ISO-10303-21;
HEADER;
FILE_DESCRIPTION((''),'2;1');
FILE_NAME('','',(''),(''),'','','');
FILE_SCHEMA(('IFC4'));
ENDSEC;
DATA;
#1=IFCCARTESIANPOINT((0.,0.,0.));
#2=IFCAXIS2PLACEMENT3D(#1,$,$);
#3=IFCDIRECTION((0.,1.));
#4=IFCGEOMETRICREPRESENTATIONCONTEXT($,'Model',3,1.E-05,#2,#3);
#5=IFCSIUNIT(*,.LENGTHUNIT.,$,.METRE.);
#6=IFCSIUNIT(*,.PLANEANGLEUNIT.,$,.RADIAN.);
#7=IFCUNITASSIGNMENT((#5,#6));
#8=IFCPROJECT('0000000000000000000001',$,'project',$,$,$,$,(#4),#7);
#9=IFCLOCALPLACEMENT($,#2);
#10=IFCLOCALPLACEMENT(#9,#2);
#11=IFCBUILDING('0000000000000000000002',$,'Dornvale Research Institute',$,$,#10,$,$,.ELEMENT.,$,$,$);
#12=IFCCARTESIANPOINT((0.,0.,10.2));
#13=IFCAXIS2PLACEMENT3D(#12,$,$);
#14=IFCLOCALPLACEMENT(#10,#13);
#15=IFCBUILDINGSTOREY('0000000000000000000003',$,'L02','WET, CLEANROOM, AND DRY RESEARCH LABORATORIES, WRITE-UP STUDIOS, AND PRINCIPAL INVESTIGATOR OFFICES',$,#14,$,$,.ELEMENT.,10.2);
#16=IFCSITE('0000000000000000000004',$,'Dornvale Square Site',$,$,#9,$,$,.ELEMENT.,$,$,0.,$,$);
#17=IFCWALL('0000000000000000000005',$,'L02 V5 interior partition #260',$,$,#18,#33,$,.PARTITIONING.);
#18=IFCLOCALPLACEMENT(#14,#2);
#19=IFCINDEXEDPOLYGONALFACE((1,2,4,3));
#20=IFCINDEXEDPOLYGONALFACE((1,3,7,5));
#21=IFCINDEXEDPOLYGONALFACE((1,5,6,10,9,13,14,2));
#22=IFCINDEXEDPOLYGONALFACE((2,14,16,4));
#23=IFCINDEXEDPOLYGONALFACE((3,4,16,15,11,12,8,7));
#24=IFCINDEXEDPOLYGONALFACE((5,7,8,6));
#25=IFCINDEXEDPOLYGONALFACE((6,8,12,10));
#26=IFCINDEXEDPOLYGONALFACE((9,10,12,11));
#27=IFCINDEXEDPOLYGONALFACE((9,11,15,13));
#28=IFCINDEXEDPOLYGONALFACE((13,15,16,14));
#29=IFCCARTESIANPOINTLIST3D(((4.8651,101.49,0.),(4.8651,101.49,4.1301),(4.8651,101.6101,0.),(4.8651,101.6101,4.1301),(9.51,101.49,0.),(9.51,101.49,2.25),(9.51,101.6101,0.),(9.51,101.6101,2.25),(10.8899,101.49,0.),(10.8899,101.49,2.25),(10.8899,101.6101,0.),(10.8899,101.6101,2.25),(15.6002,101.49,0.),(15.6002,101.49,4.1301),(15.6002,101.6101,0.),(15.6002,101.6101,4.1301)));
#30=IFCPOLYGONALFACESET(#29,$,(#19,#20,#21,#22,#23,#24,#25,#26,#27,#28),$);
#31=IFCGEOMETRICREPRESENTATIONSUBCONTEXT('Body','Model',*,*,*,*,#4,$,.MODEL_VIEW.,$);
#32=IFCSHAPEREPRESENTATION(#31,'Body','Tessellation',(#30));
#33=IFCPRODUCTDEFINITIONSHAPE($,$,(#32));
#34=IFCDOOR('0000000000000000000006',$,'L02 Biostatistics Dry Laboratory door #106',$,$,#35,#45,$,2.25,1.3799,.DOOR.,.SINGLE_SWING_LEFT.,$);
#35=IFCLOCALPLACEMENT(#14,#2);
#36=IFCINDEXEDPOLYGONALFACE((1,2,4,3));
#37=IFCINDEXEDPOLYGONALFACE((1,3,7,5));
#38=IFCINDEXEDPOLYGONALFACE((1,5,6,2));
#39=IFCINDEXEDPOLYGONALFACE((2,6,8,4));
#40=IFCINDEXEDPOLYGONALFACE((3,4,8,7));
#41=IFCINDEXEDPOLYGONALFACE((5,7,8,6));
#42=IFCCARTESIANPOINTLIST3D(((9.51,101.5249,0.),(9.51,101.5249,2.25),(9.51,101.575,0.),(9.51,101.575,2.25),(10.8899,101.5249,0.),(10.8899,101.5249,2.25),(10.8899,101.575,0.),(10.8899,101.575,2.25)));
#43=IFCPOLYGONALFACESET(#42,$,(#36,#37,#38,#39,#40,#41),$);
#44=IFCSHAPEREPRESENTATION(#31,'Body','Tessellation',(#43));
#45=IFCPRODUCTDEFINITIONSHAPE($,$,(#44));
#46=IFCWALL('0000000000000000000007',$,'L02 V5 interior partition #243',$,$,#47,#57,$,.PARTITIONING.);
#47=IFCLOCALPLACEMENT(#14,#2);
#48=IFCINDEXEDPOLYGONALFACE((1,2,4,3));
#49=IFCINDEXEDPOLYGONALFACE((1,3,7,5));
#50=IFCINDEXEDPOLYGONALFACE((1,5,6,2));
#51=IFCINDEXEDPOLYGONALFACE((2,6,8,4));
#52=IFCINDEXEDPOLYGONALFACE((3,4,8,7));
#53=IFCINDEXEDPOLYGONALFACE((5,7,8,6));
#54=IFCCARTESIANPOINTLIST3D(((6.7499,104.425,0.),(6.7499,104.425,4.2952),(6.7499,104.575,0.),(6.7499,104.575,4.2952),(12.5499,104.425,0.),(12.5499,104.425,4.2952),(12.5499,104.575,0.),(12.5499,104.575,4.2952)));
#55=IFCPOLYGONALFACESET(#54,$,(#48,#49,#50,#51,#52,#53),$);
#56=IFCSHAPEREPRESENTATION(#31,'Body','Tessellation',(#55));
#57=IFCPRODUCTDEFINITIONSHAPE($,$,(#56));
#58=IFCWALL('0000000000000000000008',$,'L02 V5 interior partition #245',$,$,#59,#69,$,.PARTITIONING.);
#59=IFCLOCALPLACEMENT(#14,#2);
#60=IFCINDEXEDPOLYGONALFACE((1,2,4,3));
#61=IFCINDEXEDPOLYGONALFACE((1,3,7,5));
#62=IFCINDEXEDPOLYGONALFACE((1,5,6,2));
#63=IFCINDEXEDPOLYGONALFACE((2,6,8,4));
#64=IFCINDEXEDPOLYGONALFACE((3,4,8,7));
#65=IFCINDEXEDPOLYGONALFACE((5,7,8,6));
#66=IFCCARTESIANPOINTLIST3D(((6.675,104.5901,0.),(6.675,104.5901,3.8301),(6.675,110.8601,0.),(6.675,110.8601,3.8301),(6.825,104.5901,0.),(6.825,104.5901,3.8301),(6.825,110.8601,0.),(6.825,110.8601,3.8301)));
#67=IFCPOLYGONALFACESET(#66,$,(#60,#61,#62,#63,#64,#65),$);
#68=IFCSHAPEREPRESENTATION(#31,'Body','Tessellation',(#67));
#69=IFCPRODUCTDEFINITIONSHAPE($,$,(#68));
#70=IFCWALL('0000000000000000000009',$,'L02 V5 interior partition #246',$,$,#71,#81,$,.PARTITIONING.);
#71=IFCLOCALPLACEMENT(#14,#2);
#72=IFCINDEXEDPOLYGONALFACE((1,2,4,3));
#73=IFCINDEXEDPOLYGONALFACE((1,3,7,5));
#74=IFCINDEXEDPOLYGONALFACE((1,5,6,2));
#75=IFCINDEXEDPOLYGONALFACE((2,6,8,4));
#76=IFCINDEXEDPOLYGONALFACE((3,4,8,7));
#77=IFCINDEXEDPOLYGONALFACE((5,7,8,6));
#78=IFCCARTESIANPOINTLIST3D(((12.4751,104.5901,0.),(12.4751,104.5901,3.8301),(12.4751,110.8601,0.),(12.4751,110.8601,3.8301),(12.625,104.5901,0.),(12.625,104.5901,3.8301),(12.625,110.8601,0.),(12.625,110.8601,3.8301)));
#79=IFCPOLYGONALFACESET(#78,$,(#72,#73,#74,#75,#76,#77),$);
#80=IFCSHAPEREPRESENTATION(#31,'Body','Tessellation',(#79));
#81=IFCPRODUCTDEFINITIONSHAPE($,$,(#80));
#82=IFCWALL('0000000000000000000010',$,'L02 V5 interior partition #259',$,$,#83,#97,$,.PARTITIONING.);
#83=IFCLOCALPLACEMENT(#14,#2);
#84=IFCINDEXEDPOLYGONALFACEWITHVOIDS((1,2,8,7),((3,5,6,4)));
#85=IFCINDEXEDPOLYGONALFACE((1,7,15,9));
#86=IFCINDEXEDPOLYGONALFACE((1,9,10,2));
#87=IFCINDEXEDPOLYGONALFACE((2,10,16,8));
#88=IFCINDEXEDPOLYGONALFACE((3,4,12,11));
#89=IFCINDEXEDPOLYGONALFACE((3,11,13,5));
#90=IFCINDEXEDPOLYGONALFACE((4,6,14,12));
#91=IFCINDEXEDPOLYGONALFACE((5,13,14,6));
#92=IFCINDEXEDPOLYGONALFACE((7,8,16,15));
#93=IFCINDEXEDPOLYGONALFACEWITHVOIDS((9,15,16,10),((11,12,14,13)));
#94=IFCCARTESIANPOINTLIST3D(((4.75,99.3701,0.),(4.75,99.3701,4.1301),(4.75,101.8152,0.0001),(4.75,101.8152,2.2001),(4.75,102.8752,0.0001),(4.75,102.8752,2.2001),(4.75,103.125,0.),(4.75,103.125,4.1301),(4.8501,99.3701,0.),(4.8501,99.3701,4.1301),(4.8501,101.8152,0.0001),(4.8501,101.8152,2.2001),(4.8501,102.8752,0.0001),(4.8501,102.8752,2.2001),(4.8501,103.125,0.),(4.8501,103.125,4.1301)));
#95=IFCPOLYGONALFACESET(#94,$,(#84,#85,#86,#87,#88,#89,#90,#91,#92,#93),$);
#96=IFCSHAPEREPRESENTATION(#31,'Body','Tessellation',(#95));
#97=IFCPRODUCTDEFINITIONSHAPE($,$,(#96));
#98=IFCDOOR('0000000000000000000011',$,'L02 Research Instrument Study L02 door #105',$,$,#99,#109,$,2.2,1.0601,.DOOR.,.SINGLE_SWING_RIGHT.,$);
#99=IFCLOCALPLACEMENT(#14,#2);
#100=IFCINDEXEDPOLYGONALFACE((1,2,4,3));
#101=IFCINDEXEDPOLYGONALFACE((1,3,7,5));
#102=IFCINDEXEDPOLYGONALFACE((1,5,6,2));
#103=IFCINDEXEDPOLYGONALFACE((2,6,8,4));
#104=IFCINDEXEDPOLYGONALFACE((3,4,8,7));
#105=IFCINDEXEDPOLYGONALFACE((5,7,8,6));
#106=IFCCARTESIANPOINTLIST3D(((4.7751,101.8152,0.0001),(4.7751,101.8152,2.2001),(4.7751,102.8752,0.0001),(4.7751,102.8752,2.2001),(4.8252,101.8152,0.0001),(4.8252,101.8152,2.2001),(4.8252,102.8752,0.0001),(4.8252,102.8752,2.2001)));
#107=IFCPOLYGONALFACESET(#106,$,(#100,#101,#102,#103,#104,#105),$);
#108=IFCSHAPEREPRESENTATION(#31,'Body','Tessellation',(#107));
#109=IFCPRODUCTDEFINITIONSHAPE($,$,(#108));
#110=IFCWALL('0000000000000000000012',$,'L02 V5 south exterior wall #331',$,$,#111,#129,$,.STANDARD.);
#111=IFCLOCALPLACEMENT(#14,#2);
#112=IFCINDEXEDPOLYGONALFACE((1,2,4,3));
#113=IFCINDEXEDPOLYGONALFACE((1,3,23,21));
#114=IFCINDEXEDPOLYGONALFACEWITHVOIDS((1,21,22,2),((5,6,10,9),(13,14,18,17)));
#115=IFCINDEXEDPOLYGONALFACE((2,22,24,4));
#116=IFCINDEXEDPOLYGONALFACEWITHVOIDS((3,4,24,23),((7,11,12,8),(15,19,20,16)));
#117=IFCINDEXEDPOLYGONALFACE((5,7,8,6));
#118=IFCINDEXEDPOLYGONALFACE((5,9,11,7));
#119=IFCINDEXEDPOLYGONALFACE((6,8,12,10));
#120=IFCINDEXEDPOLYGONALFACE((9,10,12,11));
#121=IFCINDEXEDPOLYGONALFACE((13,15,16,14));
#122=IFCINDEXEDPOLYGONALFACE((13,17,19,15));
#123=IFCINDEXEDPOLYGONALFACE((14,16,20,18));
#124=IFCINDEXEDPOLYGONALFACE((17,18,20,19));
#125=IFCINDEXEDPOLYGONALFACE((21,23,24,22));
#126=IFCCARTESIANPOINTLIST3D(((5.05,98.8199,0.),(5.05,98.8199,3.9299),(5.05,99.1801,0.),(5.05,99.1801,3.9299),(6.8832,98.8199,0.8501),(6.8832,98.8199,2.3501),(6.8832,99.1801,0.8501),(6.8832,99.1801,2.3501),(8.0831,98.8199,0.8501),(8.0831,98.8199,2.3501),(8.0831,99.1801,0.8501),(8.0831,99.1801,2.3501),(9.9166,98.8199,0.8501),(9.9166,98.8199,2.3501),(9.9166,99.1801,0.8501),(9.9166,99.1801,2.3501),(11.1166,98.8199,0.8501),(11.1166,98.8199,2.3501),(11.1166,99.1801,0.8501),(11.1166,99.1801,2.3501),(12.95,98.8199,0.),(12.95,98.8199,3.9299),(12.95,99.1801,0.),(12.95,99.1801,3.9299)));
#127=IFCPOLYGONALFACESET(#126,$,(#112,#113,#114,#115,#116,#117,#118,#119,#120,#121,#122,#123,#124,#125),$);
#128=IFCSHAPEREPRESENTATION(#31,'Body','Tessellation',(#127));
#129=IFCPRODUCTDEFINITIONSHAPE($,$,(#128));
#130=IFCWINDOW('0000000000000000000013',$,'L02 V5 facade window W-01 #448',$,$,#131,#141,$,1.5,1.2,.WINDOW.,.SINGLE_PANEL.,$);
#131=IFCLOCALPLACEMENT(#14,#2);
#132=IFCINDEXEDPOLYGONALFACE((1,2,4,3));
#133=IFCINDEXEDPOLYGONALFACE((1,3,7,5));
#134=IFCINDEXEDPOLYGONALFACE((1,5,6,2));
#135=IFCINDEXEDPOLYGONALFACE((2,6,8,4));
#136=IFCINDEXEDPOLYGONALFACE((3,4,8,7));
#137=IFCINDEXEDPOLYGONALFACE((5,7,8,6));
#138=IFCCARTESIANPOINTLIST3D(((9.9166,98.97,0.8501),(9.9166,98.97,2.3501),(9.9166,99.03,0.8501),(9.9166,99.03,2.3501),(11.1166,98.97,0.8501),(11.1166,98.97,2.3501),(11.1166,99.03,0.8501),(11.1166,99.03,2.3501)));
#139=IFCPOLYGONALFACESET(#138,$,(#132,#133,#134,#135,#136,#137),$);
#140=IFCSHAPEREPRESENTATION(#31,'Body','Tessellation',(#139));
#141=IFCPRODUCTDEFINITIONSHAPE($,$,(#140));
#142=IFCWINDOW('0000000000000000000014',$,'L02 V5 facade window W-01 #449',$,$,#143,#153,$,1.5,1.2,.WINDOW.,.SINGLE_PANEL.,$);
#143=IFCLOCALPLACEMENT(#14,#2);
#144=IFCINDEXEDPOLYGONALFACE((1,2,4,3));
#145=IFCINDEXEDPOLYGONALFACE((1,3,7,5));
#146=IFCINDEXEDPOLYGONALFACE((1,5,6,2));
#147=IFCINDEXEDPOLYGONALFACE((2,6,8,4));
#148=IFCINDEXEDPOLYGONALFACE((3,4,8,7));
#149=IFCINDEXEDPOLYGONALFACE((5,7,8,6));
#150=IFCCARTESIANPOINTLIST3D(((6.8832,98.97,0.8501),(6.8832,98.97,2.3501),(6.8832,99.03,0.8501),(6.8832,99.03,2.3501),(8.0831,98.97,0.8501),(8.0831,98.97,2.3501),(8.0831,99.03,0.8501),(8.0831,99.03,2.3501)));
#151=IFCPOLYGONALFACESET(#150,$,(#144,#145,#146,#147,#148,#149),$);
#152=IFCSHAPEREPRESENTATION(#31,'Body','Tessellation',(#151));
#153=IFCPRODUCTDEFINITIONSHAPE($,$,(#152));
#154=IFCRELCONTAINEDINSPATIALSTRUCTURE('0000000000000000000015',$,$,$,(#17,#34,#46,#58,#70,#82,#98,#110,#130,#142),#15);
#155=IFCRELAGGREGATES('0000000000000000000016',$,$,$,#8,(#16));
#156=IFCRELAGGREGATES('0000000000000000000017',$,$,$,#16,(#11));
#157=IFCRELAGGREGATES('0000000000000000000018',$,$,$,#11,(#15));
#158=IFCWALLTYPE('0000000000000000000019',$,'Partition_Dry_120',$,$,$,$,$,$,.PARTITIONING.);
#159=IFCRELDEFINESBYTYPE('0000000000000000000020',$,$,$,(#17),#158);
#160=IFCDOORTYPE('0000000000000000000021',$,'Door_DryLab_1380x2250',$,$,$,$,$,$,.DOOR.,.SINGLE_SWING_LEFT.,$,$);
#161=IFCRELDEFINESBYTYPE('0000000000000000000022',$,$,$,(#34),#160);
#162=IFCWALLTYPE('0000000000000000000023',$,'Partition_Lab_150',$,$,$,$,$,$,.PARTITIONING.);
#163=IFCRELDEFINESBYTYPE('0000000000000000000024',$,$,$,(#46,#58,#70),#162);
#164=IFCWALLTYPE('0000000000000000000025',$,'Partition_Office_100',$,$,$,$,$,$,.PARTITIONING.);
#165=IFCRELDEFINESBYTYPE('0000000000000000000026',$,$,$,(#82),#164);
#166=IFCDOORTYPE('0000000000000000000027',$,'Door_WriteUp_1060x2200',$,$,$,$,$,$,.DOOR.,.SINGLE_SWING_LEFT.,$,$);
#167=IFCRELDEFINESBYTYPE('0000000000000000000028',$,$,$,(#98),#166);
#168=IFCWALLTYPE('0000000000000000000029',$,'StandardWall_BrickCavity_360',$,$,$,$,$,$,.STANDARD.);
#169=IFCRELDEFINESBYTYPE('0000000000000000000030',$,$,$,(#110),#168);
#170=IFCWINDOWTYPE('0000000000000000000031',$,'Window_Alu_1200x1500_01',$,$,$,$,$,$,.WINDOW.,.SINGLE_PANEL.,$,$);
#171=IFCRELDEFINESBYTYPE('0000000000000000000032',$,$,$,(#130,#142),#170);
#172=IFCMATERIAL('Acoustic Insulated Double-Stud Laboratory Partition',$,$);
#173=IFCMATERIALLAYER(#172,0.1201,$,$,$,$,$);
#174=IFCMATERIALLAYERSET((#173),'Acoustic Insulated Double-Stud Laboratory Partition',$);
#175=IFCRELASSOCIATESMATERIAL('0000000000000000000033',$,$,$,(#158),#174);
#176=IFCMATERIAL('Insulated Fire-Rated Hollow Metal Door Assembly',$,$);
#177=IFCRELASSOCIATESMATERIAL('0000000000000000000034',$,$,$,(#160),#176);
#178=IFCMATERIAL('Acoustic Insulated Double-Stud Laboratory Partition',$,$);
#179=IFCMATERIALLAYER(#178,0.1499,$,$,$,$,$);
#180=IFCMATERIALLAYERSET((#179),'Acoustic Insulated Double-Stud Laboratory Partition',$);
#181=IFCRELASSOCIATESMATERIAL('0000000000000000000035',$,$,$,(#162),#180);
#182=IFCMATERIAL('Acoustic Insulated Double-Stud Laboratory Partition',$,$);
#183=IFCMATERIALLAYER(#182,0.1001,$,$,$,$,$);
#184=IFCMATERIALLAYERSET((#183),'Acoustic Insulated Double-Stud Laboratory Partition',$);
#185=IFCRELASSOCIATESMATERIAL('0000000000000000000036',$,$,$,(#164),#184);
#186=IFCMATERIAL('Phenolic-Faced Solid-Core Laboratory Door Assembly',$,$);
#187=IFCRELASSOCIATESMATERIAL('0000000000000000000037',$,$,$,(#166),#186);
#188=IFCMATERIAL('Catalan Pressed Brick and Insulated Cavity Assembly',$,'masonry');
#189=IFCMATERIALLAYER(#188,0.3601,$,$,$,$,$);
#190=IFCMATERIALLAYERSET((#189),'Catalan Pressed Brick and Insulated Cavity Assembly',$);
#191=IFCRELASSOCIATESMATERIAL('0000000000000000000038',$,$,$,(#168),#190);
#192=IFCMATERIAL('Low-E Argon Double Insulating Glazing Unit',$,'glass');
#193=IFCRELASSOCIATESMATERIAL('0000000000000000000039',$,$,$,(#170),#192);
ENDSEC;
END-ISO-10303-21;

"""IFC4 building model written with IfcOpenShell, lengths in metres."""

from ifc_helpers import new_model, si_unit, direction, frame, frame_2d, origin, place, context, subcontext, project, spatial, rectangle, extrude, material, layer, layer_set, type_object, element, fill, save


model = new_model("IFC4")

# Units and contexts
model_context = context("Model", 3, precision=1e-05, world=origin(), true_north=direction((0.0, 1.0)))
body_context = subcontext(model_context, "Body", "Model", "MODEL_VIEW")
ifc_project = project(units=[si_unit("LENGTHUNIT", "METRE"), si_unit("PLANEANGLEUNIT", "RADIAN")], contexts=[model_context])

# Site, building, storey
site_placement = place(None, origin())
site = spatial("IfcSite", under=ifc_project, at=site_placement, Name="Dornvale Square Site", CompositionType="ELEMENT", RefElevation=0.0)
building_placement = place(site_placement, origin())
building = spatial("IfcBuilding", under=site, at=building_placement, Name="Dornvale Research Institute", CompositionType="ELEMENT")
storey_placement = place(building_placement, frame((0.0, 0.0, 10.2)))
storey = spatial("IfcBuildingStorey", under=building, at=storey_placement, Name="L02", Description="WET, CLEANROOM, AND DRY RESEARCH LABORATORIES, WRITE-UP STUDIOS, AND PRINCIPAL INVESTIGATOR OFFICES", CompositionType="ELEMENT", Elevation=10.2)

# Wall, opening, door
ifc_material_1 = material(Name="Acoustic Insulated Double-Stud Laboratory Partition")
ifc_layer_1 = layer(ifc_material_1, 0.1201)
ifc_layer_set_1 = layer_set([ifc_layer_1], Name="Acoustic Insulated Double-Stud Laboratory Partition")
wall_type_1 = type_object("IfcWallType", Name="Partition_Dry_120", PredefinedType="PARTITIONING", material=ifc_layer_set_1)
wall_1_placement = place(storey_placement, frame((4.865, 101.55, 0.0), z_axis=(0.0, 0.0, 1.0), x_axis=(1.0, 0.0, 0.0)))
wall_1 = element("IfcWall", 1, at=wall_1_placement, inside=storey, type_object=wall_type_1, Name="L02 V5 interior partition #260", PredefinedType="PARTITIONING", context=body_context, shape_type="SweptSolid", body=[
    extrude(rectangle(XDim=10.7351, YDim=0.1201, at=frame_2d((5.3677, 0.0))), origin(), (0.0, 0.0, 1.0), 4.1301),
])
opening_1_placement = place(wall_1_placement, frame((4.645, 0.0, 0.0)))
opening_1 = element("IfcOpeningElement", 2, at=opening_1_placement, cuts=wall_1, PredefinedType="OPENING", context=body_context, shape_type="SweptSolid", body=[
    extrude(rectangle(XDim=1.3799, YDim=2.25, at=frame_2d((0.6899, 1.125))), frame((0.0, 0.075, 0.0), z_axis=(0.0, -1.0, 0.0), x_axis=(1.0, 0.0, 0.0)), (0.0, 0.0, 1.0), 0.1501),
])
ifc_material_2 = material(Name="Insulated Fire-Rated Hollow Metal Door Assembly")
door_type_1 = type_object("IfcDoorType", Name="Door_DryLab_1380x2250", OperationType="SINGLE_SWING_LEFT", PredefinedType="DOOR", material=ifc_material_2)
door_1_placement = place(opening_1_placement, origin())
door_1 = element("IfcDoor", 3, at=door_1_placement, inside=storey, type_object=door_type_1, Name="L02 Biostatistics Dry Laboratory door #106", OperationType="SINGLE_SWING_LEFT", OverallHeight=2.25, OverallWidth=1.3799, PredefinedType="DOOR", context=body_context, shape_type="SweptSolid", body=[
    extrude(rectangle(XDim=1.3799, YDim=2.25, at=frame_2d((0.6899, 1.125))), frame((0.0, 0.0249, 0.0), z_axis=(0.0, -1.0, 0.0), x_axis=(1.0, 0.0, 0.0)), (0.0, 0.0, 1.0), 0.05),
])
fill(opening_1, door_1)

# Walls
ifc_material_3 = material(Name="Acoustic Insulated Double-Stud Laboratory Partition")
ifc_layer_2 = layer(ifc_material_3, 0.1499)
ifc_layer_set_2 = layer_set([ifc_layer_2], Name="Acoustic Insulated Double-Stud Laboratory Partition")
wall_type_2 = type_object("IfcWallType", Name="Partition_Lab_150", PredefinedType="PARTITIONING", material=ifc_layer_set_2)
wall_2_placement = place(storey_placement, frame((6.75, 104.5, 0.0), z_axis=(0.0, 0.0, 1.0), x_axis=(1.0, 0.0, 0.0)))
element("IfcWall", 4, at=wall_2_placement, inside=storey, type_object=wall_type_2, Name="L02 V5 interior partition #243", PredefinedType="PARTITIONING", context=body_context, shape_type="SweptSolid", body=[
    extrude(rectangle(XDim=5.8, YDim=0.1499, at=frame_2d((2.8999, 0.0))), origin(), (0.0, 0.0, 1.0), 4.2952),
])
for number, where, z_axis, x_axis, name in (
    (5, (6.75, 104.5901, 0.0), (0.0, 0.0, 1.0), (0.0, 1.0, 0.0), "L02 V5 interior partition #245"),
    (6, (12.55, 104.5901, 0.0), (0.0, 0.0, 1.0), (0.0, 1.0, 0.0), "L02 V5 interior partition #246"),
):
    element("IfcWall", number, at=place(storey_placement, frame(where, z_axis=z_axis, x_axis=x_axis)), inside=storey, type_object=wall_type_2, Name=name, PredefinedType="PARTITIONING", context=body_context, shape_type="SweptSolid", body=[
        extrude(rectangle(XDim=6.27, YDim=0.1499, at=frame_2d((3.135, 0.0))), origin(), (0.0, 0.0, 1.0), 3.8301),
    ])

# Wall, opening, door
ifc_material_4 = material(Name="Acoustic Insulated Double-Stud Laboratory Partition")
ifc_layer_3 = layer(ifc_material_4, 0.1001)
ifc_layer_set_3 = layer_set([ifc_layer_3], Name="Acoustic Insulated Double-Stud Laboratory Partition")
wall_type_3 = type_object("IfcWallType", Name="Partition_Office_100", PredefinedType="PARTITIONING", material=ifc_layer_set_3)
wall_3_placement = place(storey_placement, frame((4.8, 99.3701, 0.0), z_axis=(0.0, 0.0, 1.0), x_axis=(0.0, 1.0, 0.0)))
wall_3 = element("IfcWall", 7, at=wall_3_placement, inside=storey, type_object=wall_type_3, Name="L02 V5 interior partition #259", PredefinedType="PARTITIONING", context=body_context, shape_type="SweptSolid", body=[
    extrude(rectangle(XDim=3.7549, YDim=0.1001, at=frame_2d((1.8774, 0.0))), origin(), (0.0, 0.0, 1.0), 4.1301),
])
opening_2_placement = place(wall_3_placement, frame((2.4451, 0.0, 0.0)))
opening_2 = element("IfcOpeningElement", 8, at=opening_2_placement, cuts=wall_3, PredefinedType="OPENING", context=body_context, shape_type="SweptSolid", body=[
    extrude(rectangle(XDim=1.0601, YDim=2.2, at=frame_2d((0.53, 1.1001))), frame((0.0, 0.0649, 0.0), z_axis=(0.0, -1.0, 0.0), x_axis=(1.0, 0.0, 0.0)), (0.0, 0.0, 1.0), 0.1301),
])
ifc_material_5 = material(Name="Phenolic-Faced Solid-Core Laboratory Door Assembly")
door_type_2 = type_object("IfcDoorType", Name="Door_WriteUp_1060x2200", OperationType="SINGLE_SWING_LEFT", PredefinedType="DOOR", material=ifc_material_5)
door_2_placement = place(opening_2_placement, origin())
door_2 = element("IfcDoor", 9, at=door_2_placement, inside=storey, type_object=door_type_2, Name="L02 Research Instrument Study L02 door #105", OperationType="SINGLE_SWING_RIGHT", OverallHeight=2.2, OverallWidth=1.0601, PredefinedType="DOOR", context=body_context, shape_type="SweptSolid", body=[
    extrude(rectangle(XDim=1.0601, YDim=2.2, at=frame_2d((0.53, 1.1001))), frame((0.0, 0.0249, 0.0), z_axis=(0.0, -1.0, 0.0), x_axis=(1.0, 0.0, 0.0)), (0.0, 0.0, 1.0), 0.05),
])
fill(opening_2, door_2)

# Wall, openings, windows
ifc_material_6 = material(Name="Catalan Pressed Brick and Insulated Cavity Assembly", Category="masonry")
ifc_layer_4 = layer(ifc_material_6, 0.3601)
ifc_layer_set_4 = layer_set([ifc_layer_4], Name="Catalan Pressed Brick and Insulated Cavity Assembly")
wall_type_4 = type_object("IfcWallType", Name="StandardWall_BrickCavity_360", PredefinedType="STANDARD", material=ifc_layer_set_4)
wall_4_placement = place(storey_placement, frame((12.95, 99.0, 0.0), z_axis=(0.0, 0.0, 1.0), x_axis=(-1.0, 0.0, 0.0)))
wall_4 = element("IfcWall", 10, at=wall_4_placement, inside=storey, type_object=wall_type_4, Name="L02 V5 south exterior wall #331", PredefinedType="STANDARD", context=body_context, shape_type="SweptSolid", body=[
    extrude(rectangle(XDim=7.8999, YDim=0.3601, at=frame_2d((3.95, 0.0))), origin(), (0.0, 0.0, 1.0), 3.9299),
])
opening_3_placement = place(wall_4_placement, frame((1.8333, 0.0, 0.8501)))
opening_3 = element("IfcOpeningElement", 11, at=opening_3_placement, cuts=wall_4, PredefinedType="OPENING", context=body_context, shape_type="SweptSolid", body=[
    extrude(rectangle(XDim=1.2, YDim=1.5, at=frame_2d((0.6001, 0.75))), frame((0.0, 0.1951, 0.0), z_axis=(0.0, -1.0, 0.0), x_axis=(1.0, 0.0, 0.0)), (0.0, 0.0, 1.0), 0.3901),
])
opening_4_placement = place(wall_4_placement, frame((4.8667, 0.0, 0.8501)))
opening_4 = element("IfcOpeningElement", 12, at=opening_4_placement, cuts=wall_4, PredefinedType="OPENING", context=body_context, shape_type="SweptSolid", body=[
    extrude(rectangle(XDim=1.2, YDim=1.5, at=frame_2d((0.6001, 0.75))), frame((0.0, 0.1951, 0.0), z_axis=(0.0, -1.0, 0.0), x_axis=(1.0, 0.0, 0.0)), (0.0, 0.0, 1.0), 0.3901),
])
ifc_material_7 = material(Name="Low-E Argon Double Insulating Glazing Unit", Category="glass")
window_type = type_object("IfcWindowType", Name="Window_Alu_1200x1500_01", PartitioningType="SINGLE_PANEL", PredefinedType="WINDOW", material=ifc_material_7)
window_1_placement = place(opening_3_placement, origin())
window_1 = element("IfcWindow", 13, at=window_1_placement, inside=storey, type_object=window_type, Name="L02 V5 facade window W-01 #448", OverallHeight=1.5, OverallWidth=1.2, PartitioningType="SINGLE_PANEL", PredefinedType="WINDOW", context=body_context, shape_type="SweptSolid", body=[
    extrude(rectangle(XDim=1.2, YDim=1.5, at=frame_2d((0.6001, 0.75))), frame((0.0, 0.03, 0.0), z_axis=(0.0, -1.0, 0.0), x_axis=(1.0, 0.0, 0.0)), (0.0, 0.0, 1.0), 0.0601),
])
fill(opening_3, window_1)
window_2_placement = place(opening_4_placement, origin())
window_2 = element("IfcWindow", 14, at=window_2_placement, inside=storey, type_object=window_type, Name="L02 V5 facade window W-01 #449", OverallHeight=1.5, OverallWidth=1.2, PartitioningType="SINGLE_PANEL", PredefinedType="WINDOW", context=body_context, shape_type="SweptSolid", body=[
    extrude(rectangle(XDim=1.2, YDim=1.5, at=frame_2d((0.6001, 0.75))), frame((0.0, 0.03, 0.0), z_axis=(0.0, -1.0, 0.0), x_axis=(1.0, 0.0, 0.0)), (0.0, 0.0, 1.0), 0.0601),
])
fill(opening_4, window_2)

save(model, "model.ifc")
